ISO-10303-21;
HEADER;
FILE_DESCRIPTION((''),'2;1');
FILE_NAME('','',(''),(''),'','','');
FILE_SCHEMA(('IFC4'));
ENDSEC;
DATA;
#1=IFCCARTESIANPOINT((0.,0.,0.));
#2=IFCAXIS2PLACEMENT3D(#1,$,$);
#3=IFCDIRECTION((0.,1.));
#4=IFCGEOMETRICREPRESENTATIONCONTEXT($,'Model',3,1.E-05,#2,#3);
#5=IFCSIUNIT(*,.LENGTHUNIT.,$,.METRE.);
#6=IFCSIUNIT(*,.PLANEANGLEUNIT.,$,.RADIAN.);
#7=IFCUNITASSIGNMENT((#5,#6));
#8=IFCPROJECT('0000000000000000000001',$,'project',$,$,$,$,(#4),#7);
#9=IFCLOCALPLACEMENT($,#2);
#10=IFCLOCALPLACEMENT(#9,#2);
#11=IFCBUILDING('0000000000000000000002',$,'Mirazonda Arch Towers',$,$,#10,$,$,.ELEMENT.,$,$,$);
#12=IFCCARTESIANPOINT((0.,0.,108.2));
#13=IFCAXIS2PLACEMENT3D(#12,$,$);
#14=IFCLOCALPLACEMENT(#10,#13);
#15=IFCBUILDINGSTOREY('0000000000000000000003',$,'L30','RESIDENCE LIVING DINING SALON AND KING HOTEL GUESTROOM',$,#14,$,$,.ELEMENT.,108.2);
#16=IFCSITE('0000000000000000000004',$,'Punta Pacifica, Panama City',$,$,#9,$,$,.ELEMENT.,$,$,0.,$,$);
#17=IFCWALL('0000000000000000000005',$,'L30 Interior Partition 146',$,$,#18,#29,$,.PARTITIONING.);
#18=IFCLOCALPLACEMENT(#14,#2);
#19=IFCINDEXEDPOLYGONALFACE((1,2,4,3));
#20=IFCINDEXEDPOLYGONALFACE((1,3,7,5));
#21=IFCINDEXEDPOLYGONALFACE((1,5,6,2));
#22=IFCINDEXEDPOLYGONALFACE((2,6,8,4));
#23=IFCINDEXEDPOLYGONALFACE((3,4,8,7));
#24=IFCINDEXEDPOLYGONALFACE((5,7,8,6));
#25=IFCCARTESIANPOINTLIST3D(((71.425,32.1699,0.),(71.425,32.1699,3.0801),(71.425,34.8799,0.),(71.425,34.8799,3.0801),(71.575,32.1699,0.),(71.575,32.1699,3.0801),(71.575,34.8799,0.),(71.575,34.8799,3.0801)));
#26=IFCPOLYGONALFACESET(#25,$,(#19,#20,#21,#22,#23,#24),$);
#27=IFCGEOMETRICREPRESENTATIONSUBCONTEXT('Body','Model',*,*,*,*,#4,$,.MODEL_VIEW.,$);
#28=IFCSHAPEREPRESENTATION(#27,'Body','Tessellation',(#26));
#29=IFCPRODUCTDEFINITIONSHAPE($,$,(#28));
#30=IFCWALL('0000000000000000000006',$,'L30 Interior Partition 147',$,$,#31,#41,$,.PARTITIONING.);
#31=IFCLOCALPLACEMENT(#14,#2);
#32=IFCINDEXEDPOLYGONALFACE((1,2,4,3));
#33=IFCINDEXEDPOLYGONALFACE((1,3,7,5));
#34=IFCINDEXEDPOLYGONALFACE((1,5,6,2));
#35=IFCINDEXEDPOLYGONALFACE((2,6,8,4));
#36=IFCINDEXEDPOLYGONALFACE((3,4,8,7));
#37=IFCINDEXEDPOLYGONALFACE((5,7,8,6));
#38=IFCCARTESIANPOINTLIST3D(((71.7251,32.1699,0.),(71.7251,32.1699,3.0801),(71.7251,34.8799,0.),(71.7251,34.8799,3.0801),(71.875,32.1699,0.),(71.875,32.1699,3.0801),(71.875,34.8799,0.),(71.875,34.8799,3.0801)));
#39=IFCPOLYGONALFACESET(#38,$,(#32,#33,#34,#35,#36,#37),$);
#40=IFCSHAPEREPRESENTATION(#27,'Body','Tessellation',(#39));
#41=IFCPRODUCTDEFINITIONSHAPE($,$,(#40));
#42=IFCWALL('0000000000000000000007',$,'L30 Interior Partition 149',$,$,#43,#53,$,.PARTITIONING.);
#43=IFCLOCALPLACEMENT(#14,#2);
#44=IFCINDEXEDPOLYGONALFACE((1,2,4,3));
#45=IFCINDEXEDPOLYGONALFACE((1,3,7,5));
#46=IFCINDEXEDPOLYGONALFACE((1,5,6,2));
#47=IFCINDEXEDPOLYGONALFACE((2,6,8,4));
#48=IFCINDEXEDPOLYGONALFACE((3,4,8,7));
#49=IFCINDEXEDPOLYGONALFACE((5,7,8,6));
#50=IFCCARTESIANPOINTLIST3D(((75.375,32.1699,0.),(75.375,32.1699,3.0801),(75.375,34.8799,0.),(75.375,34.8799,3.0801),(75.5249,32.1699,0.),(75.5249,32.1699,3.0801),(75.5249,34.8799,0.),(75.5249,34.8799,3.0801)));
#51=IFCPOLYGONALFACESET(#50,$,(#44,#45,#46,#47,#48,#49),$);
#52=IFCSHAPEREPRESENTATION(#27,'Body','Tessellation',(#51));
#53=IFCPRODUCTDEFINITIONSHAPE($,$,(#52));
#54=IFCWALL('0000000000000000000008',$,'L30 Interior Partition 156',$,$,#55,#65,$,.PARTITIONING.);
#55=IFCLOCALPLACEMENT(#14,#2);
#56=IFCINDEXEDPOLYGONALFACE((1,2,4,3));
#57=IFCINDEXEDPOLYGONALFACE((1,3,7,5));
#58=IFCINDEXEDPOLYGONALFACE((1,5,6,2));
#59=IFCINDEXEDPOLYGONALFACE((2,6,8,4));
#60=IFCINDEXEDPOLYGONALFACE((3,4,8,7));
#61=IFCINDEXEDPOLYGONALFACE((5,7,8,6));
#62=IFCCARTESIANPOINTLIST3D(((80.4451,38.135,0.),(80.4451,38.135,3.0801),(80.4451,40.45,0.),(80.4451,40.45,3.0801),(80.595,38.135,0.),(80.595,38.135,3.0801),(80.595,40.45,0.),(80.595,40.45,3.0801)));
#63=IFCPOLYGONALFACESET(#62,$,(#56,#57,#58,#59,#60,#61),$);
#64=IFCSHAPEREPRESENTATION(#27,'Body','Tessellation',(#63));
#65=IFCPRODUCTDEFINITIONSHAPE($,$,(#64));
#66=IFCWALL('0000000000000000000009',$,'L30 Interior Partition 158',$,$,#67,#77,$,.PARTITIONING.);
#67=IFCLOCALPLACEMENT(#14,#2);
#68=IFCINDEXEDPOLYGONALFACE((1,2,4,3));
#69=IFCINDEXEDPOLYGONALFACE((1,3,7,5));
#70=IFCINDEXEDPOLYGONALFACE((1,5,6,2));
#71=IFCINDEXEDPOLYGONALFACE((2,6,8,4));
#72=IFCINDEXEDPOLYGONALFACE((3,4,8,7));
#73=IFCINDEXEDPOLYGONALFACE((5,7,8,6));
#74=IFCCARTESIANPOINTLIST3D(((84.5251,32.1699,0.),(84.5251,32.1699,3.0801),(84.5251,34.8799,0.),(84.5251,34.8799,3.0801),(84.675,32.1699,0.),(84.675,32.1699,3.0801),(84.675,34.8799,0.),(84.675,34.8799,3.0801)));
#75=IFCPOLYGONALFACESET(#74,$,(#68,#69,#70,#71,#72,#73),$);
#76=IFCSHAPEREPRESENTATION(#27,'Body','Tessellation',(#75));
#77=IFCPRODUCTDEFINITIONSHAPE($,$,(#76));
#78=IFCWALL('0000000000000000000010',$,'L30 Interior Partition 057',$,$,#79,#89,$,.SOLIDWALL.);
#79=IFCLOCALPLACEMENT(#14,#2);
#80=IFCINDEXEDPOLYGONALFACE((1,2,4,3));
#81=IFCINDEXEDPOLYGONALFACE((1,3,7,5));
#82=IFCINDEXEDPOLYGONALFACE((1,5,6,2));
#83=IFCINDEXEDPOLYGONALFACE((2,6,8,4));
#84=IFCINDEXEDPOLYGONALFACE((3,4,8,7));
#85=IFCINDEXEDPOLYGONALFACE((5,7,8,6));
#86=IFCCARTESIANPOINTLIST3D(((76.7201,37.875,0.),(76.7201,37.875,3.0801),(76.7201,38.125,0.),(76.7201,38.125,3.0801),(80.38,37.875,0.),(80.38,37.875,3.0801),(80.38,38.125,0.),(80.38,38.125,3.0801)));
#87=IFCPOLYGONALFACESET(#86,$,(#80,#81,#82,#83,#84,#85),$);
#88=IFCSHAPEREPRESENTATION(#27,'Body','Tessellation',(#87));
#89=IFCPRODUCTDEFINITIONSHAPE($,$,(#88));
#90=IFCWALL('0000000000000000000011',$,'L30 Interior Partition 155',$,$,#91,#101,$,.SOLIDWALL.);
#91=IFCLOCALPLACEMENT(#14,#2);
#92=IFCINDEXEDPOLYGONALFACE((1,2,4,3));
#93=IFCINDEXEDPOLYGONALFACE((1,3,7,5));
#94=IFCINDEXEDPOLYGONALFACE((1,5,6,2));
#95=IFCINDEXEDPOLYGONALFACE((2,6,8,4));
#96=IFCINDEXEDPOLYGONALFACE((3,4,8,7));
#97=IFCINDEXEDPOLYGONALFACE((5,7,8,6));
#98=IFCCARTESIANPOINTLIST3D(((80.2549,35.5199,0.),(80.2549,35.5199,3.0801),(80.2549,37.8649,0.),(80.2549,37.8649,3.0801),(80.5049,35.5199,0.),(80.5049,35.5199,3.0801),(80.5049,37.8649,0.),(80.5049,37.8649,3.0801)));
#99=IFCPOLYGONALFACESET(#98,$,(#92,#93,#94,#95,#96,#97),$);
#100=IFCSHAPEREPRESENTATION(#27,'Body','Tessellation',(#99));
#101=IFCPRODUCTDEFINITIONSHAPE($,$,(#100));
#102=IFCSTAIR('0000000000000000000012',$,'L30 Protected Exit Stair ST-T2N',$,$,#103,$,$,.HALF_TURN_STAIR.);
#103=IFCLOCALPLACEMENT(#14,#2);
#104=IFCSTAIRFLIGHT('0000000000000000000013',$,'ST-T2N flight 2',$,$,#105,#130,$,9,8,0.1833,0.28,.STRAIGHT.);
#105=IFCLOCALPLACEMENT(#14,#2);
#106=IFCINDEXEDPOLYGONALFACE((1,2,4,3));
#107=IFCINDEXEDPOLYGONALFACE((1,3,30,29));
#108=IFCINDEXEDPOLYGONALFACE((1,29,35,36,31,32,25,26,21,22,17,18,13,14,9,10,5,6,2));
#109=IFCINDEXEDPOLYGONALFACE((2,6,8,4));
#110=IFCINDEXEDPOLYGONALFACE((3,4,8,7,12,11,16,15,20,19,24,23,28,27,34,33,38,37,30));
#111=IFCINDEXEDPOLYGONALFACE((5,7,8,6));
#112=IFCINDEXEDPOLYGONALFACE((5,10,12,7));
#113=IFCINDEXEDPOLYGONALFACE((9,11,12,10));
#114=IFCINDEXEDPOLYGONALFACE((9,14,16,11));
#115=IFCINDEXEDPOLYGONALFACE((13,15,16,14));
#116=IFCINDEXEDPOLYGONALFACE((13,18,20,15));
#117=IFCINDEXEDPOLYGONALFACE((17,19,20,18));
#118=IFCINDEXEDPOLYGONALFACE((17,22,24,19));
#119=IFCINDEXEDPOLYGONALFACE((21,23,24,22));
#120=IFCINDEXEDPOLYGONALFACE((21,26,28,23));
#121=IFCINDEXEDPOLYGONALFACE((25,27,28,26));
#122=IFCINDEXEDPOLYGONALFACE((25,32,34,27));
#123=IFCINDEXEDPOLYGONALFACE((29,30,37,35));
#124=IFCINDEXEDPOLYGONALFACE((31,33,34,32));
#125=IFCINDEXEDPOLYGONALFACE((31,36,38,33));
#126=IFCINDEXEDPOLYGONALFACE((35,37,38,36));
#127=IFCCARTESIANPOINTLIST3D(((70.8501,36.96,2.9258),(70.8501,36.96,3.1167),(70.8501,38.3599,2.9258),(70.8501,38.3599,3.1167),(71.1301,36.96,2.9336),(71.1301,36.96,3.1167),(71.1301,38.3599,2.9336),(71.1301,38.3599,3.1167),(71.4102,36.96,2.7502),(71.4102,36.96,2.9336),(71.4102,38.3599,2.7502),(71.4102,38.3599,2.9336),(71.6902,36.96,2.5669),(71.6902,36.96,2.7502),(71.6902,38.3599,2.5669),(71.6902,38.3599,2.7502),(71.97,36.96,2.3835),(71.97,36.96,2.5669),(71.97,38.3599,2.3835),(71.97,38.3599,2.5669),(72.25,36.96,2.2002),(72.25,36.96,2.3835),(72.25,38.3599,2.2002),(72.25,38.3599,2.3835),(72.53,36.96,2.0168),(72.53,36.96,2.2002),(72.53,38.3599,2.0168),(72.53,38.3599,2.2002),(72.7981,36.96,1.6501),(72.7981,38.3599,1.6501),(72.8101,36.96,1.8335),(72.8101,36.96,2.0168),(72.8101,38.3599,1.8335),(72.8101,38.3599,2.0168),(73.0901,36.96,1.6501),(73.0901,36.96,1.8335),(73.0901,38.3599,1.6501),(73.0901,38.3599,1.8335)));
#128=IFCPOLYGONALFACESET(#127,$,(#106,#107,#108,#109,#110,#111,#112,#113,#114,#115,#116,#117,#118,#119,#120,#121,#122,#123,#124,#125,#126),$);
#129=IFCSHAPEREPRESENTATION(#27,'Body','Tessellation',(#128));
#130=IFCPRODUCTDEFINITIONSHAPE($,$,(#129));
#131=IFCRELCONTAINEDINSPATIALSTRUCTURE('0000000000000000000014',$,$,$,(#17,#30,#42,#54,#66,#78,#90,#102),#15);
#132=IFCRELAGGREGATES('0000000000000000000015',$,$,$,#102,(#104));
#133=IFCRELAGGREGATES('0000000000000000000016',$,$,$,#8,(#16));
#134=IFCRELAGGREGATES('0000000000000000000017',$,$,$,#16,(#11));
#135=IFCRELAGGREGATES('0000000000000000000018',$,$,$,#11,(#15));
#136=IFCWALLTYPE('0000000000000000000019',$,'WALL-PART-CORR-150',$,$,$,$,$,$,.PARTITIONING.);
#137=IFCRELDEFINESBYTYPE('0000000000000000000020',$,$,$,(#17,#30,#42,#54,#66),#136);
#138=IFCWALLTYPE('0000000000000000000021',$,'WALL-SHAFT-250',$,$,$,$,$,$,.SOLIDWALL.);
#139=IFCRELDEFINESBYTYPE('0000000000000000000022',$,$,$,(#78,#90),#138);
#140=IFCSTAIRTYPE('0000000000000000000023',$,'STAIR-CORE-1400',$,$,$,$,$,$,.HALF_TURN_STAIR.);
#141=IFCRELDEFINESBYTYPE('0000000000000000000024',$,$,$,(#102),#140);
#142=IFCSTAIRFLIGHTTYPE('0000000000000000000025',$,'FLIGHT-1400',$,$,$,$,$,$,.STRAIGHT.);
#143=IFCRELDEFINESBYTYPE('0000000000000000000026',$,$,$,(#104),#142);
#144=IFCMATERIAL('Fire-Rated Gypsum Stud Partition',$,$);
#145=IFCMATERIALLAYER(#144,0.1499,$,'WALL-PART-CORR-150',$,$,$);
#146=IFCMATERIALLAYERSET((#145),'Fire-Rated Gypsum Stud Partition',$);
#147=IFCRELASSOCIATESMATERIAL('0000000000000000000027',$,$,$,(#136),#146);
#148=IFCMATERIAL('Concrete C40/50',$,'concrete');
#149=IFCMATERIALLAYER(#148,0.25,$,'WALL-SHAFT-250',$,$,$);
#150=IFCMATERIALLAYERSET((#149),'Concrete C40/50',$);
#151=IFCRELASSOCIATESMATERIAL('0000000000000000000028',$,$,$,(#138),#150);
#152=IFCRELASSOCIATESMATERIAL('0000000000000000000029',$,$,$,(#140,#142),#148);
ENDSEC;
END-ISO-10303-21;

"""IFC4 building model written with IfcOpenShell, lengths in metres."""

from ifc_helpers import new_model, si_unit, direction, frame, frame_2d, origin, place, context, subcontext, project, spatial, polyline, rectangle, outline, extrude, material, layer, layer_set, type_object, element, aggregate, save


model = new_model("IFC4")

# Units and contexts
model_context = context("Model", 3, precision=1e-05, world=origin(), true_north=direction((0.0, 1.0)))
body_context = subcontext(model_context, "Body", "Model", "MODEL_VIEW")
ifc_project = project(units=[si_unit("LENGTHUNIT", "METRE"), si_unit("PLANEANGLEUNIT", "RADIAN")], contexts=[model_context])

# Site, building, storey
site_placement = place(None, origin())
site = spatial("IfcSite", under=ifc_project, at=site_placement, Name="Punta Pacifica, Panama City", CompositionType="ELEMENT", RefElevation=0.0)
building_placement = place(site_placement, origin())
building = spatial("IfcBuilding", under=site, at=building_placement, Name="Mirazonda Arch Towers", CompositionType="ELEMENT")
storey_placement = place(building_placement, frame((0.0, 0.0, 108.2)))
storey = spatial("IfcBuildingStorey", under=building, at=storey_placement, Name="L30", Description="RESIDENCE LIVING DINING SALON AND KING HOTEL GUESTROOM", CompositionType="ELEMENT", Elevation=108.2)

# Shared definitions
ifc_material_1 = material(Name="Concrete C40/50", Category="concrete")

# Walls
ifc_material_2 = material(Name="Fire-Rated Gypsum Stud Partition")
ifc_layer_1 = layer(ifc_material_2, 0.1499, Name="WALL-PART-CORR-150")
ifc_layer_set_1 = layer_set([ifc_layer_1], Name="Fire-Rated Gypsum Stud Partition")
wall_type_1 = type_object("IfcWallType", Name="WALL-PART-CORR-150", PredefinedType="PARTITIONING", material=ifc_layer_set_1)
for number, where, z_axis, x_axis, name in (
    (1, (71.5, 32.1699, 0.0), (0.0, 0.0, 1.0), (0.0, 1.0, 0.0), "L30 Interior Partition 146"),
    (2, (71.8, 32.1699, 0.0), (0.0, 0.0, 1.0), (0.0, 1.0, 0.0), "L30 Interior Partition 147"),
    (3, (75.45, 32.1699, 0.0), (0.0, 0.0, 1.0), (0.0, 1.0, 0.0), "L30 Interior Partition 149"),
):
    element("IfcWall", number, at=place(storey_placement, frame(where, z_axis=z_axis, x_axis=x_axis)), inside=storey, type_object=wall_type_1, Name=name, PredefinedType="PARTITIONING", context=body_context, shape_type="SweptSolid", body=[
        extrude(rectangle(XDim=2.71, YDim=0.1499, at=frame_2d((1.355, 0.0))), origin(), (0.0, 0.0, 1.0), 3.0801),
    ])
wall_1_placement = place(storey_placement, frame((80.52, 38.135, 0.0), z_axis=(0.0, 0.0, 1.0), x_axis=(0.0, 1.0, 0.0)))
element("IfcWall", 4, at=wall_1_placement, inside=storey, type_object=wall_type_1, Name="L30 Interior Partition 156", PredefinedType="PARTITIONING", context=body_context, shape_type="SweptSolid", body=[
    extrude(rectangle(XDim=2.3149, YDim=0.1499, at=frame_2d((1.1575, 0.0))), origin(), (0.0, 0.0, 1.0), 3.0801),
])
wall_2_placement = place(storey_placement, frame((84.6001, 32.1699, 0.0), z_axis=(0.0, 0.0, 1.0), x_axis=(0.0, 1.0, 0.0)))
element("IfcWall", 5, at=wall_2_placement, inside=storey, type_object=wall_type_1, Name="L30 Interior Partition 158", PredefinedType="PARTITIONING", context=body_context, shape_type="SweptSolid", body=[
    extrude(rectangle(XDim=2.71, YDim=0.1499, at=frame_2d((1.355, 0.0))), origin(), (0.0, 0.0, 1.0), 3.0801),
])
ifc_layer_2 = layer(ifc_material_1, 0.25, Name="WALL-SHAFT-250")
ifc_layer_set_2 = layer_set([ifc_layer_2], Name="Concrete C40/50")
wall_type_2 = type_object("IfcWallType", Name="WALL-SHAFT-250", PredefinedType="SOLIDWALL", material=ifc_layer_set_2)
wall_3_placement = place(storey_placement, frame((76.72, 38.0, 0.0), z_axis=(0.0, 0.0, 1.0), x_axis=(1.0, 0.0, 0.0)))
element("IfcWall", 6, at=wall_3_placement, inside=storey, type_object=wall_type_2, Name="L30 Interior Partition 057", PredefinedType="SOLIDWALL", context=body_context, shape_type="SweptSolid", body=[
    extrude(rectangle(XDim=3.6599, YDim=0.25, at=frame_2d((1.8301, 0.0))), origin(), (0.0, 0.0, 1.0), 3.0801),
])
wall_4_placement = place(storey_placement, frame((80.3799, 35.52, 0.0), z_axis=(0.0, 0.0, 1.0), x_axis=(0.0, 1.0, 0.0)))
element("IfcWall", 7, at=wall_4_placement, inside=storey, type_object=wall_type_2, Name="L30 Interior Partition 155", PredefinedType="SOLIDWALL", context=body_context, shape_type="SweptSolid", body=[
    extrude(rectangle(XDim=2.345, YDim=0.25, at=frame_2d((1.1724, 0.0))), origin(), (0.0, 0.0, 1.0), 3.0801),
])

# Stair, stair flight
stair_type = type_object("IfcStairType", Name="STAIR-CORE-1400", PredefinedType="HALF_TURN_STAIR", material=ifc_material_1)
stair_placement = place(storey_placement, origin())
stair = element("IfcStair", 8, at=stair_placement, inside=storey, type_object=stair_type, Name="L30 Protected Exit Stair ST-T2N", PredefinedType="HALF_TURN_STAIR")
stair_flight_type = type_object("IfcStairFlightType", Name="FLIGHT-1400", PredefinedType="STRAIGHT", material=ifc_material_1)
stair_flight_placement = place(storey_placement, frame((73.0901, 37.6599, 1.6501), z_axis=(0.0, 0.0, 1.0), x_axis=(-1.0, 0.0, 0.0)))
stair_flight = element("IfcStairFlight", 9, at=stair_flight_placement, type_object=stair_flight_type, Name="ST-T2N flight 2", NumberOfRisers=9, NumberOfTreads=8, PredefinedType="STRAIGHT", RiserHeight=0.1833, TreadLength=0.28, context=body_context, shape_type="SweptSolid", body=[
    extrude(outline(polyline([(0.0, 0.0), (0.0, 0.1833), (0.28, 0.1833), (0.28, 0.3667), (0.5601, 0.3667), (0.5601, 0.55), (0.8401, 0.55), (0.8401, 0.7334), (1.1201, 0.7334), (1.1201, 0.9167), (1.3999, 0.9167), (1.3999, 1.1001), (1.6799, 1.1001), (1.6799, 1.2834), (1.96, 1.2834), (1.96, 1.4666), (2.24, 1.4666), (2.24, 1.6499), (2.24, 1.2756), (0.292, 0.0), (0.0, 0.0)])), frame((0.0, 0.7, 0.0), z_axis=(0.0, -1.0, 0.0), x_axis=(1.0, 0.0, 0.0)), (0.0, 0.0, 1.0), 1.3999),
])
aggregate(stair, [stair_flight])

save(model, "model.ifc")
